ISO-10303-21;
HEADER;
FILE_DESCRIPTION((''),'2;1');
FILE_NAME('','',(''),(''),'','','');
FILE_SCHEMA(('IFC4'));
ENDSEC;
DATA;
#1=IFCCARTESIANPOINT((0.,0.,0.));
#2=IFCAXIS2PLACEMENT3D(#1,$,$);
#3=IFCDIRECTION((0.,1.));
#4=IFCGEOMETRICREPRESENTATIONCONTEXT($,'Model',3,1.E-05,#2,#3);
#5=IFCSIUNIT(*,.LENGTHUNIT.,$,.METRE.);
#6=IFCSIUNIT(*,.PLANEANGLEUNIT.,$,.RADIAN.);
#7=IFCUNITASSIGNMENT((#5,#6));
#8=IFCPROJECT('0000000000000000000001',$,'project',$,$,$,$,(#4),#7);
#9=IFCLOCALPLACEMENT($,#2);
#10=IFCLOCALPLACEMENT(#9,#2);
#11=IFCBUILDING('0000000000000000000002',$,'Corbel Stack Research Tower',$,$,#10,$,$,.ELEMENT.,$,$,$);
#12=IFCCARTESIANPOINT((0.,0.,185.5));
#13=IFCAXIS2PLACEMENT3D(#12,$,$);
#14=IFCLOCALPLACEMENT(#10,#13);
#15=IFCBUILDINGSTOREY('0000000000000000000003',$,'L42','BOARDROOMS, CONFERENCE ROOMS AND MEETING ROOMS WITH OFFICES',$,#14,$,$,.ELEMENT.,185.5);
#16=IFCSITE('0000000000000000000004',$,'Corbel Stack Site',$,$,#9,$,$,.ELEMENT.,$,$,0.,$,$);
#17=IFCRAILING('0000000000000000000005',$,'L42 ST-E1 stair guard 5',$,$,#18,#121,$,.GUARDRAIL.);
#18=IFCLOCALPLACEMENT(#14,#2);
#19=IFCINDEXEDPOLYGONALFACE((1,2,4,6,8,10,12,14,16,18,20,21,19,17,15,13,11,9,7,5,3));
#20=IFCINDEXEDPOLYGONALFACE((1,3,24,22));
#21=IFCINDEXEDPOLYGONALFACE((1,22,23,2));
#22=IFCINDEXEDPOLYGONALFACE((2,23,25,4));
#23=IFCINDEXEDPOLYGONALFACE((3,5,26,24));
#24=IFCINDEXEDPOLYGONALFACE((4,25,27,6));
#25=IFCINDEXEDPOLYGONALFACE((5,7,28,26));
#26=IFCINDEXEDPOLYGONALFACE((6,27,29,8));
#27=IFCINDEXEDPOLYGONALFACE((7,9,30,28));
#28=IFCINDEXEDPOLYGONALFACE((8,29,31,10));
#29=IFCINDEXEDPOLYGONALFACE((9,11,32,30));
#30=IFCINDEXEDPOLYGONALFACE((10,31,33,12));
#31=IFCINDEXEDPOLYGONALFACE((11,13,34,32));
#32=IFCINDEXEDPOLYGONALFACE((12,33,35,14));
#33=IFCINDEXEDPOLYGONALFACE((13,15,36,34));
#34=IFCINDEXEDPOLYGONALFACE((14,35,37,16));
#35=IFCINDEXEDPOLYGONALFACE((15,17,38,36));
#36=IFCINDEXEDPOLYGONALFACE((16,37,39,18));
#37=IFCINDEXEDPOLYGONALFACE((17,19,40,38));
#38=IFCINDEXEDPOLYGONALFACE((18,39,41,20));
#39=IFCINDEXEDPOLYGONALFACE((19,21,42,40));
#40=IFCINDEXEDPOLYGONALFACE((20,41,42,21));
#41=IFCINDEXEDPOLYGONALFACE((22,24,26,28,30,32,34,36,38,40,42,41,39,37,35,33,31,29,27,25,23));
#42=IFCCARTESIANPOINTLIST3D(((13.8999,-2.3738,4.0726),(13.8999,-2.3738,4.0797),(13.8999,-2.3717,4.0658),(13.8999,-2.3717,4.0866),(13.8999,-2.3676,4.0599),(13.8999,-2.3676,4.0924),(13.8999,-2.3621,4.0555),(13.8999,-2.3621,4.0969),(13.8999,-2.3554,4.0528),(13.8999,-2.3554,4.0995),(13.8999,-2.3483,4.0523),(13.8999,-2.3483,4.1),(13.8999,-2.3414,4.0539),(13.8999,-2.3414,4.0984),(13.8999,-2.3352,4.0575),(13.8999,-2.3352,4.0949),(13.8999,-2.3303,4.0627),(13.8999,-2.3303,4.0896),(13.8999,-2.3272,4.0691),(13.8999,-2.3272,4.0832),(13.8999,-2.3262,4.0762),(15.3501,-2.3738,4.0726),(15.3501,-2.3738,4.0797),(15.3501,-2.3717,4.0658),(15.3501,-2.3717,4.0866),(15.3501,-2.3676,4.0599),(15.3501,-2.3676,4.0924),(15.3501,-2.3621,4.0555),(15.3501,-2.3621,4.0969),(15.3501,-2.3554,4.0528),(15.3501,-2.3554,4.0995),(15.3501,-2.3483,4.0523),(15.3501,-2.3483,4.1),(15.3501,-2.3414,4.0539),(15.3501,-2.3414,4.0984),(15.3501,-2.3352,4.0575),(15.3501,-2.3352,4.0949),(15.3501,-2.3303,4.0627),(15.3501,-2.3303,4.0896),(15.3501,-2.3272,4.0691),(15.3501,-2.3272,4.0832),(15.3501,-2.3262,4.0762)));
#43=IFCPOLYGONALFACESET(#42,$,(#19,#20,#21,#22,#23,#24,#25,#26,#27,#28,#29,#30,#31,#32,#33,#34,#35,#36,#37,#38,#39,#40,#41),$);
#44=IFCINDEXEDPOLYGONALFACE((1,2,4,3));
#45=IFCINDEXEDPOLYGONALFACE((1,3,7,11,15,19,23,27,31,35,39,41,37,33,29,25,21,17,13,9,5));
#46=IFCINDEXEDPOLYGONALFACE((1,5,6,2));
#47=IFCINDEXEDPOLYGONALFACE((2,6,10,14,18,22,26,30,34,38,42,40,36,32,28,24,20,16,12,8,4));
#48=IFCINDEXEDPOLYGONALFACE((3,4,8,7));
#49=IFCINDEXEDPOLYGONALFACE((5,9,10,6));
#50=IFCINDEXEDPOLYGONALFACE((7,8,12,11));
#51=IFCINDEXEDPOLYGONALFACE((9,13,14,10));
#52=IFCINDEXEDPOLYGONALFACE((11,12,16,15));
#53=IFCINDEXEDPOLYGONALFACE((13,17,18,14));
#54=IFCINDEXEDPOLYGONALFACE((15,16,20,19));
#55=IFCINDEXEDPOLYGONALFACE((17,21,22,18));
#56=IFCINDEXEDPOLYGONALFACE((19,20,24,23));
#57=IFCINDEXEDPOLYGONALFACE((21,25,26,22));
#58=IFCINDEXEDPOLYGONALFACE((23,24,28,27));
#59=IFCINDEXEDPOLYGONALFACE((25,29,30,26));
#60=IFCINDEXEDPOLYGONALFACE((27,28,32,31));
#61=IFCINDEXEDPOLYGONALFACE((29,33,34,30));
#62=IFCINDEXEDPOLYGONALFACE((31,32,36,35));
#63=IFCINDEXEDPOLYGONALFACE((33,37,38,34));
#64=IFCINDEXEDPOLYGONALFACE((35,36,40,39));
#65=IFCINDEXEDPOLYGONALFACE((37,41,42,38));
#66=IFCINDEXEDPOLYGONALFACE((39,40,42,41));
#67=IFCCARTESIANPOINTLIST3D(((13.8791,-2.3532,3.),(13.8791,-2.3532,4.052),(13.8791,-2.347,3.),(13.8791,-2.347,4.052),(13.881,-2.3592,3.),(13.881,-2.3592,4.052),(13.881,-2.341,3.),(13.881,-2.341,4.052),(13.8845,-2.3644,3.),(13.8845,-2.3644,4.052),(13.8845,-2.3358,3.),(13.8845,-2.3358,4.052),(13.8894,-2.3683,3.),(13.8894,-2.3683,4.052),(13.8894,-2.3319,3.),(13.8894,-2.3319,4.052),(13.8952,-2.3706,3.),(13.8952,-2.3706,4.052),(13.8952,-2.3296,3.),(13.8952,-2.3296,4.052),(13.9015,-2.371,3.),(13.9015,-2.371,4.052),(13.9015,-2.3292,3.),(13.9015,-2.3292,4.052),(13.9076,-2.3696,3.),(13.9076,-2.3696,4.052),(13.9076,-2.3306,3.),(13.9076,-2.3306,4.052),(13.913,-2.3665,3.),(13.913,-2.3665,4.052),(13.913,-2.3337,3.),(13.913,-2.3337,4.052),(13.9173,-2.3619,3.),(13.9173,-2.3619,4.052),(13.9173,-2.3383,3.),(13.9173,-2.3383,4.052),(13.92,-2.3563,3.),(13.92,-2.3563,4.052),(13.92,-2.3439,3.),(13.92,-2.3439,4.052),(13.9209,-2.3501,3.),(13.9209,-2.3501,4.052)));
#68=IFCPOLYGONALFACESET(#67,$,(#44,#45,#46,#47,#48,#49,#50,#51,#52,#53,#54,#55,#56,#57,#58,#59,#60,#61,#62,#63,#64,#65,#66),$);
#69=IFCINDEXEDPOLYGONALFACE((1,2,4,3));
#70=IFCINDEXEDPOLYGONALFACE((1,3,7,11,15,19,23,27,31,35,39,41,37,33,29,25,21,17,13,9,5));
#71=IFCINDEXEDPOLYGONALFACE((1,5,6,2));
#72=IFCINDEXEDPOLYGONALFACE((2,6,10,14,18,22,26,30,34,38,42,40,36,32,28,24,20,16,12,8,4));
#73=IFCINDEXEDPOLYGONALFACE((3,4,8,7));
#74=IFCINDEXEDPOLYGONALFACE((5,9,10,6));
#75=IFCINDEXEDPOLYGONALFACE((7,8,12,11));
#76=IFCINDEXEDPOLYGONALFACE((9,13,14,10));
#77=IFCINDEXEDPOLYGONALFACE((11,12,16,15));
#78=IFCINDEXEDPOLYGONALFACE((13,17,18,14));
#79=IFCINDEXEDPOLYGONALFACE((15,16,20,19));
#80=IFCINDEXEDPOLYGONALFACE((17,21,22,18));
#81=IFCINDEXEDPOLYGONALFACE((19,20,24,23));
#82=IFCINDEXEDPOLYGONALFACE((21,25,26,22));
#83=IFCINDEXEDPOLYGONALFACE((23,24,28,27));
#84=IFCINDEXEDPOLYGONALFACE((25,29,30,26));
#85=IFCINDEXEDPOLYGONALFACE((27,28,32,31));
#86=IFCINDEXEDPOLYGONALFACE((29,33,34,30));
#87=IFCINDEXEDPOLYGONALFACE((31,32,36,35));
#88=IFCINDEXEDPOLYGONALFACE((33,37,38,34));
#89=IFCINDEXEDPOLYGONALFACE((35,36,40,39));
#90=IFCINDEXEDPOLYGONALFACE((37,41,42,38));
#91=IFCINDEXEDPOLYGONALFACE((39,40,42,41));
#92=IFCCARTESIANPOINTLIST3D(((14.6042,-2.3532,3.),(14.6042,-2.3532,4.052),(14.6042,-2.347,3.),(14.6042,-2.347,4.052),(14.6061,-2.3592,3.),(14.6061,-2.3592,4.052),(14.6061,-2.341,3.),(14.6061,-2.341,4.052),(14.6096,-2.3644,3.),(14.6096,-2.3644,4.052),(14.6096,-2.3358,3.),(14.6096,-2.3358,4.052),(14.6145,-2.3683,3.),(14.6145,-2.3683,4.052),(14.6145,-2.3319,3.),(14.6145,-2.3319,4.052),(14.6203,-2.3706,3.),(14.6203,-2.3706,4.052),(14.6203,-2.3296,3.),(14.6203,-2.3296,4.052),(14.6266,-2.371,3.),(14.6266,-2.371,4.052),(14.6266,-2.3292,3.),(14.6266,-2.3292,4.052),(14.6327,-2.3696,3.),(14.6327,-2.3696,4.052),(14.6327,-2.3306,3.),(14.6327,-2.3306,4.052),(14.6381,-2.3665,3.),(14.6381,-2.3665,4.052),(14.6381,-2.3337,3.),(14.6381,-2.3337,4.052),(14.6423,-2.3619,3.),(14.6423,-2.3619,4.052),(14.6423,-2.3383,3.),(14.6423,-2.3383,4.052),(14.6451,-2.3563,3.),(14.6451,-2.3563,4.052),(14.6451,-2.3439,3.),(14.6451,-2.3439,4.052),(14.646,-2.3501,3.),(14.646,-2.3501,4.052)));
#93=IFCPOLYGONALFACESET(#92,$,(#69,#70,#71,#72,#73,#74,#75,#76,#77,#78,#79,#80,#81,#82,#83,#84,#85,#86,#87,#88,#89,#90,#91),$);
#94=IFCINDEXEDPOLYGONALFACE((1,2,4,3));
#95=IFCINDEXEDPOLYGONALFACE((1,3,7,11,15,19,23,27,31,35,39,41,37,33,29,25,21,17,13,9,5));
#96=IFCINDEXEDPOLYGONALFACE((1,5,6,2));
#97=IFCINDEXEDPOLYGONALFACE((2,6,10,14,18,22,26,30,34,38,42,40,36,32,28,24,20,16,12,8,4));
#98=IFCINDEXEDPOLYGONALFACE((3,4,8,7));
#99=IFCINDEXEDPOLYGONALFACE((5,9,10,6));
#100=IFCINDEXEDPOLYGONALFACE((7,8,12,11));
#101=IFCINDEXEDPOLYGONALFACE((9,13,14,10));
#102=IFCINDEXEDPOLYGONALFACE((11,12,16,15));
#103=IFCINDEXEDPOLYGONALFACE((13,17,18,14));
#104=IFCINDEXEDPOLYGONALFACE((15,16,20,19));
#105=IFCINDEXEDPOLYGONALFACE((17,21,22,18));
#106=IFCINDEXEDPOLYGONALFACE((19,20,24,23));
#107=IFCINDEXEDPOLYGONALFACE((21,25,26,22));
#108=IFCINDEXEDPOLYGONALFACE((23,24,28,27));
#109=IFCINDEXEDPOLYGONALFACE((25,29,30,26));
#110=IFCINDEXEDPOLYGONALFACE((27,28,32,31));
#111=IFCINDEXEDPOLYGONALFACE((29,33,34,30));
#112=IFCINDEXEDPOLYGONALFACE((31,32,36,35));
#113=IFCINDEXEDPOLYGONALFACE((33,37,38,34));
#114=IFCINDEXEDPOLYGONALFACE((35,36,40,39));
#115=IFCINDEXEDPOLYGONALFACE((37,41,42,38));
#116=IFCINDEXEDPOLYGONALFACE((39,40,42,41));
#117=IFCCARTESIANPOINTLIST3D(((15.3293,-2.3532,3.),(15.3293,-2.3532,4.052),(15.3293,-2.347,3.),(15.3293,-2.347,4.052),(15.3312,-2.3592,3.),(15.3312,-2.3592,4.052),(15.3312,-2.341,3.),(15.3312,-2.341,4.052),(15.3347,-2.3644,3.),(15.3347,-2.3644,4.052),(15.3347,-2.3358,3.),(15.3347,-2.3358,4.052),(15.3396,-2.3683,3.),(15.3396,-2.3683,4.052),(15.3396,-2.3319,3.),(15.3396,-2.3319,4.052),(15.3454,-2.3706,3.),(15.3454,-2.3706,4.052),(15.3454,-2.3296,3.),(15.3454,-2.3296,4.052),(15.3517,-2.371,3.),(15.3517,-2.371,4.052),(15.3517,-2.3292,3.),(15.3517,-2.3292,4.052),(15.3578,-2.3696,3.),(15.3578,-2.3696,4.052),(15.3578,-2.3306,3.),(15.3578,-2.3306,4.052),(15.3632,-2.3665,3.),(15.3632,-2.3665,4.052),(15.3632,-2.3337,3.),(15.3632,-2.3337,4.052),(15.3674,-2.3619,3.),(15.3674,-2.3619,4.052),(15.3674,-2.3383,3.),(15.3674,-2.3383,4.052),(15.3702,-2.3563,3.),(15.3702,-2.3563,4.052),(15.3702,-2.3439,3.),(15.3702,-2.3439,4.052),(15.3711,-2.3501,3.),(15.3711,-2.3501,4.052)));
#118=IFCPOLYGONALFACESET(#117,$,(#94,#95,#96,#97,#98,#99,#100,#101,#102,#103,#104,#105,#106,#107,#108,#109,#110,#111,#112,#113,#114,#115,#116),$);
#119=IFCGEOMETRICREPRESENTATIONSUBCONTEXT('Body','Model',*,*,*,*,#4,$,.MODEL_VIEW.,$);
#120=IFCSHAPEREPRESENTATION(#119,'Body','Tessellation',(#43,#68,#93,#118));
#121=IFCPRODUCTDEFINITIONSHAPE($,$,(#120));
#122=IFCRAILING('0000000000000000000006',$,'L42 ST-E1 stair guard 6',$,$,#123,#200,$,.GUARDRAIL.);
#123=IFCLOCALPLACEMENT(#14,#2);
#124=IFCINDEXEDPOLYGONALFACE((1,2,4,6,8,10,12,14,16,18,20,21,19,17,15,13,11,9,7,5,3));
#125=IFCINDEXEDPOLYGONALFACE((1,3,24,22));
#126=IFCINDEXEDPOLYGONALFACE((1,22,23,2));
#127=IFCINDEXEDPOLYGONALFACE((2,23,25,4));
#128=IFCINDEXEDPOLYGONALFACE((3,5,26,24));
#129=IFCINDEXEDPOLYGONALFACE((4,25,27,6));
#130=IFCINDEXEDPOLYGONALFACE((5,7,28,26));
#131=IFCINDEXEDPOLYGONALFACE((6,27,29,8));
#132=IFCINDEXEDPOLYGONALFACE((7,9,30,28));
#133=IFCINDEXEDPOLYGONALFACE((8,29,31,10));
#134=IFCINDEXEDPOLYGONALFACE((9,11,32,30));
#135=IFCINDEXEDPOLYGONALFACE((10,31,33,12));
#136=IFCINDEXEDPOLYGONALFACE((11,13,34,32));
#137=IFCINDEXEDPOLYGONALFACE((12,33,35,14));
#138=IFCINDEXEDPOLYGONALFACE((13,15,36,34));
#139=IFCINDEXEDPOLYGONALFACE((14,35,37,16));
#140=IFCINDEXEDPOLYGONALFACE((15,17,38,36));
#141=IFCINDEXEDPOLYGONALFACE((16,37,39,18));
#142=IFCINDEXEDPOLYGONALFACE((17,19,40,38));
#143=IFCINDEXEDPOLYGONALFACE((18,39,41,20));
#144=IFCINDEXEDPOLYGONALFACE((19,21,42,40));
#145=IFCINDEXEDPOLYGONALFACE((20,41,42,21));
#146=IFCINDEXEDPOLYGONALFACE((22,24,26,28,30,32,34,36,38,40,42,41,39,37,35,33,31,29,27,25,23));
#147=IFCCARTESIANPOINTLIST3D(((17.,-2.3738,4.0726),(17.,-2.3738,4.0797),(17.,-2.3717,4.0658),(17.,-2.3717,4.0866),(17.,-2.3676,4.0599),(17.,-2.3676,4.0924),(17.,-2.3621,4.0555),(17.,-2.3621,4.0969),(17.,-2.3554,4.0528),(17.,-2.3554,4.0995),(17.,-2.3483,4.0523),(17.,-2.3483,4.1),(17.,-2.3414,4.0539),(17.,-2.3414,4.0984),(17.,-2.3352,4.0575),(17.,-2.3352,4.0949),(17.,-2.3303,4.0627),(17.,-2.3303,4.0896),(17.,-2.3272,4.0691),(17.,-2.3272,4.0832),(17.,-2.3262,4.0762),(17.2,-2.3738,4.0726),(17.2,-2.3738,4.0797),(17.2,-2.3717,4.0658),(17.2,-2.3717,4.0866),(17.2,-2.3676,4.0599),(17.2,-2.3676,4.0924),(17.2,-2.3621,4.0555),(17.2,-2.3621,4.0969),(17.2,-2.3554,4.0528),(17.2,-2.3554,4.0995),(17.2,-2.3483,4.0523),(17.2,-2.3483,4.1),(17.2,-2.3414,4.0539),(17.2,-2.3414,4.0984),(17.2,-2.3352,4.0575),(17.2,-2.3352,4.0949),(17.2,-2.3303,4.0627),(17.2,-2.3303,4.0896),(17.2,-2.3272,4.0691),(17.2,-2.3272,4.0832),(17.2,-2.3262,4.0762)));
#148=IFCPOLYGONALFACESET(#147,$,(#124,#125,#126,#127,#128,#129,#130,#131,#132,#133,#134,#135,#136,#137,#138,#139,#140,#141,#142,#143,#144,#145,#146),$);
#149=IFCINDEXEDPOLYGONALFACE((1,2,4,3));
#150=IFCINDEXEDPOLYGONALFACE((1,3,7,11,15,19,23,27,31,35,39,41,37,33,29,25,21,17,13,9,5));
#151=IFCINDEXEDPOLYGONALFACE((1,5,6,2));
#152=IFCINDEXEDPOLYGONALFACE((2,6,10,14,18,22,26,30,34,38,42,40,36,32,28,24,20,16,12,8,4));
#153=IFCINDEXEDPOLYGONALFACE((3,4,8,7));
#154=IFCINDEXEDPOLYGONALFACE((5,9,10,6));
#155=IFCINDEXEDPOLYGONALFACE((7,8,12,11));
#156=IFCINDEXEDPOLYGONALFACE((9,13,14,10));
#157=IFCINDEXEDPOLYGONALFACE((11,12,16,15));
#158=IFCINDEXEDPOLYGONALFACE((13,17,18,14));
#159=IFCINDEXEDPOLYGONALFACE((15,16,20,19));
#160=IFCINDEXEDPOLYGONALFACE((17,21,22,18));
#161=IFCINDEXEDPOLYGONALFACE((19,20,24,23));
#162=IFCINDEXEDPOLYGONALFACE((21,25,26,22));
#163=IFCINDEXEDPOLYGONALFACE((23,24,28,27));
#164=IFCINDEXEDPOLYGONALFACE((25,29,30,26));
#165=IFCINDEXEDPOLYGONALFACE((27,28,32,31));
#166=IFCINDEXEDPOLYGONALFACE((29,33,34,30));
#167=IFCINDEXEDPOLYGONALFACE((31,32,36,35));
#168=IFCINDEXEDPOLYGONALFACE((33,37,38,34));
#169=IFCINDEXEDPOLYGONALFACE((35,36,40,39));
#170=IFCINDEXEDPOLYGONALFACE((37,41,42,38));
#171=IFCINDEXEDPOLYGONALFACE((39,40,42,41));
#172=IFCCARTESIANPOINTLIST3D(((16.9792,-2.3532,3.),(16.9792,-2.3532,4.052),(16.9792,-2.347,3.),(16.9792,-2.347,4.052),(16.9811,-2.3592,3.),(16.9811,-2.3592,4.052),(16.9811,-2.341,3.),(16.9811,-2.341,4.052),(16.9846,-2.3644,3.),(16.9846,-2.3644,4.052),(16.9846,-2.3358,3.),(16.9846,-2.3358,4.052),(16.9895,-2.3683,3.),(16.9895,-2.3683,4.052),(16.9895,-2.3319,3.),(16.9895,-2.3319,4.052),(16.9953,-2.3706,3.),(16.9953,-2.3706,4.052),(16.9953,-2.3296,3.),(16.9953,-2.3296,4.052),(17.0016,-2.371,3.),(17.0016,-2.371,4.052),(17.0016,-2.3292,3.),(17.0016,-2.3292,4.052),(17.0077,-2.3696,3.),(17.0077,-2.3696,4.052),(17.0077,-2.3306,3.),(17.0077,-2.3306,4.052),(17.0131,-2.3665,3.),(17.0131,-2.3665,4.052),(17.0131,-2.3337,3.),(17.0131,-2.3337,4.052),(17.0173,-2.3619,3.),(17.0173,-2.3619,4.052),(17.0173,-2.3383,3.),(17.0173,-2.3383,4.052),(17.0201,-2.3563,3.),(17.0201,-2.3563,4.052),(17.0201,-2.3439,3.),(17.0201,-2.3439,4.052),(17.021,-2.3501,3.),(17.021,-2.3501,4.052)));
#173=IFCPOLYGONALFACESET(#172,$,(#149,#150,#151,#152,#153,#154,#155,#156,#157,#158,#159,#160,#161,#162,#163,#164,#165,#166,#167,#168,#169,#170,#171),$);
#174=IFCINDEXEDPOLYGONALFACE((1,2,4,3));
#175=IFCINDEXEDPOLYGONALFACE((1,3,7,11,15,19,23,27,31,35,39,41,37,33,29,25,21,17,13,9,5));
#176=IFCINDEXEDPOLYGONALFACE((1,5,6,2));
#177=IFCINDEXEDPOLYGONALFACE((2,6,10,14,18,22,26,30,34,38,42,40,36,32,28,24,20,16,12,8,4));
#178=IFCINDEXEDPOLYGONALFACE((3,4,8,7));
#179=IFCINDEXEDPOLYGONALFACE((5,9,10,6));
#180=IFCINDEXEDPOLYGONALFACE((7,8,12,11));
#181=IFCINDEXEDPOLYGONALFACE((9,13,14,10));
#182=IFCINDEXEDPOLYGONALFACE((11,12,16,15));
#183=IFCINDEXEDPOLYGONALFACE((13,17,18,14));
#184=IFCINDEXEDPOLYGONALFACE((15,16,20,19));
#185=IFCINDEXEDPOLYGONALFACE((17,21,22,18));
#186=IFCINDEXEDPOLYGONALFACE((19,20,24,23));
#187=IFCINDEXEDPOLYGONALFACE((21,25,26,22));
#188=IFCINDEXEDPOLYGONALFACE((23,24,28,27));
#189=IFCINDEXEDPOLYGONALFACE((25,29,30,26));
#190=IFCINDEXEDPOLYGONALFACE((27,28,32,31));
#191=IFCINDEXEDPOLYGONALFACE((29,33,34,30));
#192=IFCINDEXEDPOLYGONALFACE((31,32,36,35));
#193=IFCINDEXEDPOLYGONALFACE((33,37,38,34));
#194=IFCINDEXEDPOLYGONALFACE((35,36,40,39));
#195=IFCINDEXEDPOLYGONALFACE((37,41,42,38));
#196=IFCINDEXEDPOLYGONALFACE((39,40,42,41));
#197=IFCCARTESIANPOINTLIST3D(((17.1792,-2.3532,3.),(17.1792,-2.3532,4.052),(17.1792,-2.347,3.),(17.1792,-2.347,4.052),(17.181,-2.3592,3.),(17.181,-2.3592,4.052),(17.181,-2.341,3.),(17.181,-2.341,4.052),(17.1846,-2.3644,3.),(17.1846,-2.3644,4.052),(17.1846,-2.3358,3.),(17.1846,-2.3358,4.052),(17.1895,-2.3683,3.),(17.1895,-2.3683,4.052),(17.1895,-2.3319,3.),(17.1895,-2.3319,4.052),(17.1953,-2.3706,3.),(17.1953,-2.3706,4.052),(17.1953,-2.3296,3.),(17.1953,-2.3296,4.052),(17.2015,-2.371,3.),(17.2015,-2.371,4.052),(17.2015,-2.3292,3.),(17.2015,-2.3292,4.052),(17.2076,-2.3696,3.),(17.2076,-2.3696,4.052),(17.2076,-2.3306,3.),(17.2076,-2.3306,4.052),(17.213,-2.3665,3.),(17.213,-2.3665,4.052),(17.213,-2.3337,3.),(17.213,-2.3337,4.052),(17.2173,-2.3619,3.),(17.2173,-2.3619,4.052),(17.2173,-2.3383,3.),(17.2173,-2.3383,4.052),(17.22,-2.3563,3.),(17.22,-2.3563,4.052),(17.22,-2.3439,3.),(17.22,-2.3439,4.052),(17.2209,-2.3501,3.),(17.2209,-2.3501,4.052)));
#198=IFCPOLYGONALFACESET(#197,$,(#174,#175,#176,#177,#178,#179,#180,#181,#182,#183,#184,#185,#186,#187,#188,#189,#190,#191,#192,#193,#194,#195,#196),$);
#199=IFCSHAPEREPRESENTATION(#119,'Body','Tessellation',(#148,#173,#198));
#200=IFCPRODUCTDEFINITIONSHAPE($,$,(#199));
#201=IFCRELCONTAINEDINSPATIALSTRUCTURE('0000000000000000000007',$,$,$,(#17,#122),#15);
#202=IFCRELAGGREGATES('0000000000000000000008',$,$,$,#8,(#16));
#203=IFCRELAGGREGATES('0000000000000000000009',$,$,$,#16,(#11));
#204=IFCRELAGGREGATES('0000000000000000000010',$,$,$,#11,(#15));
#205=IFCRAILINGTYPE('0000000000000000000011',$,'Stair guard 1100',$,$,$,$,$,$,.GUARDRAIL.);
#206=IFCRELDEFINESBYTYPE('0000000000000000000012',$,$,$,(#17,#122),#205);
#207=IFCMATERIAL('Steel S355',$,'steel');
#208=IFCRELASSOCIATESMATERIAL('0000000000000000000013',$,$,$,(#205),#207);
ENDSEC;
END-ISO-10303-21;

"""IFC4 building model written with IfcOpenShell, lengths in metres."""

from ifc_helpers import new_model, si_unit, direction, frame, origin, origin_2d, place, context, subcontext, project, spatial, circle, extrude, material, type_object, element, save


model = new_model("IFC4")

# Units and contexts
model_context = context("Model", 3, precision=1e-05, world=origin(), true_north=direction((0.0, 1.0)))
body_context = subcontext(model_context, "Body", "Model", "MODEL_VIEW")
ifc_project = project(units=[si_unit("LENGTHUNIT", "METRE"), si_unit("PLANEANGLEUNIT", "RADIAN")], contexts=[model_context])

# Site, building, storey
site_placement = place(None, origin())
site = spatial("IfcSite", under=ifc_project, at=site_placement, Name="Corbel Stack Site", CompositionType="ELEMENT", RefElevation=0.0)
building_placement = place(site_placement, origin())
building = spatial("IfcBuilding", under=site, at=building_placement, Name="Corbel Stack Research Tower", CompositionType="ELEMENT")
storey_placement = place(building_placement, frame((0.0, 0.0, 185.5)))
storey = spatial("IfcBuildingStorey", under=building, at=storey_placement, Name="L42", Description="BOARDROOMS, CONFERENCE ROOMS AND MEETING ROOMS WITH OFFICES", CompositionType="ELEMENT", Elevation=185.5)

# Railings
ifc_material_1 = material(Name="Steel S355", Category="steel")
railing_type_1 = type_object("IfcRailingType", Name="Stair guard 1100", PredefinedType="GUARDRAIL", material=ifc_material_1)
railing_1_placement = place(storey_placement, frame((13.8999, -2.3501, 3.0)))
element("IfcRailing", 1, at=railing_1_placement, inside=storey, type_object=railing_type_1, Name="L42 ST-E1 stair guard 5", PredefinedType="GUARDRAIL", context=body_context, shape_type="SweptSolid", body=[
    extrude(circle(Radius=0.0239, at=origin_2d()), frame((0.0, 0.0, 1.0762), z_axis=(1.0, 0.0, 0.0), x_axis=(0.0, 1.0, 0.0)), (0.0, 0.0, 1.0), 1.4502),
    extrude(circle(Radius=0.021, at=origin_2d()), origin(), (0.0, 0.0, 1.0), 1.052),
    extrude(circle(Radius=0.021, at=origin_2d()), frame((0.7251, 0.0, 0.0)), (0.0, 0.0, 1.0), 1.052),
    extrude(circle(Radius=0.021, at=origin_2d()), frame((1.4502, 0.0, 0.0)), (0.0, 0.0, 1.0), 1.052),
])
railing_2_placement = place(storey_placement, frame((17.0, -2.3501, 3.0)))
element("IfcRailing", 2, at=railing_2_placement, inside=storey, type_object=railing_type_1, Name="L42 ST-E1 stair guard 6", PredefinedType="GUARDRAIL", context=body_context, shape_type="SweptSolid", body=[
    extrude(circle(Radius=0.0239, at=origin_2d()), frame((0.0, 0.0, 1.0762), z_axis=(1.0, 0.0, 0.0), x_axis=(0.0, 1.0, 0.0)), (0.0, 0.0, 1.0), 0.2),
    extrude(circle(Radius=0.021, at=origin_2d()), origin(), (0.0, 0.0, 1.0), 1.052),
    extrude(circle(Radius=0.021, at=origin_2d()), frame((0.2, 0.0, 0.0)), (0.0, 0.0, 1.0), 1.052),
])

save(model, "model.ifc")
